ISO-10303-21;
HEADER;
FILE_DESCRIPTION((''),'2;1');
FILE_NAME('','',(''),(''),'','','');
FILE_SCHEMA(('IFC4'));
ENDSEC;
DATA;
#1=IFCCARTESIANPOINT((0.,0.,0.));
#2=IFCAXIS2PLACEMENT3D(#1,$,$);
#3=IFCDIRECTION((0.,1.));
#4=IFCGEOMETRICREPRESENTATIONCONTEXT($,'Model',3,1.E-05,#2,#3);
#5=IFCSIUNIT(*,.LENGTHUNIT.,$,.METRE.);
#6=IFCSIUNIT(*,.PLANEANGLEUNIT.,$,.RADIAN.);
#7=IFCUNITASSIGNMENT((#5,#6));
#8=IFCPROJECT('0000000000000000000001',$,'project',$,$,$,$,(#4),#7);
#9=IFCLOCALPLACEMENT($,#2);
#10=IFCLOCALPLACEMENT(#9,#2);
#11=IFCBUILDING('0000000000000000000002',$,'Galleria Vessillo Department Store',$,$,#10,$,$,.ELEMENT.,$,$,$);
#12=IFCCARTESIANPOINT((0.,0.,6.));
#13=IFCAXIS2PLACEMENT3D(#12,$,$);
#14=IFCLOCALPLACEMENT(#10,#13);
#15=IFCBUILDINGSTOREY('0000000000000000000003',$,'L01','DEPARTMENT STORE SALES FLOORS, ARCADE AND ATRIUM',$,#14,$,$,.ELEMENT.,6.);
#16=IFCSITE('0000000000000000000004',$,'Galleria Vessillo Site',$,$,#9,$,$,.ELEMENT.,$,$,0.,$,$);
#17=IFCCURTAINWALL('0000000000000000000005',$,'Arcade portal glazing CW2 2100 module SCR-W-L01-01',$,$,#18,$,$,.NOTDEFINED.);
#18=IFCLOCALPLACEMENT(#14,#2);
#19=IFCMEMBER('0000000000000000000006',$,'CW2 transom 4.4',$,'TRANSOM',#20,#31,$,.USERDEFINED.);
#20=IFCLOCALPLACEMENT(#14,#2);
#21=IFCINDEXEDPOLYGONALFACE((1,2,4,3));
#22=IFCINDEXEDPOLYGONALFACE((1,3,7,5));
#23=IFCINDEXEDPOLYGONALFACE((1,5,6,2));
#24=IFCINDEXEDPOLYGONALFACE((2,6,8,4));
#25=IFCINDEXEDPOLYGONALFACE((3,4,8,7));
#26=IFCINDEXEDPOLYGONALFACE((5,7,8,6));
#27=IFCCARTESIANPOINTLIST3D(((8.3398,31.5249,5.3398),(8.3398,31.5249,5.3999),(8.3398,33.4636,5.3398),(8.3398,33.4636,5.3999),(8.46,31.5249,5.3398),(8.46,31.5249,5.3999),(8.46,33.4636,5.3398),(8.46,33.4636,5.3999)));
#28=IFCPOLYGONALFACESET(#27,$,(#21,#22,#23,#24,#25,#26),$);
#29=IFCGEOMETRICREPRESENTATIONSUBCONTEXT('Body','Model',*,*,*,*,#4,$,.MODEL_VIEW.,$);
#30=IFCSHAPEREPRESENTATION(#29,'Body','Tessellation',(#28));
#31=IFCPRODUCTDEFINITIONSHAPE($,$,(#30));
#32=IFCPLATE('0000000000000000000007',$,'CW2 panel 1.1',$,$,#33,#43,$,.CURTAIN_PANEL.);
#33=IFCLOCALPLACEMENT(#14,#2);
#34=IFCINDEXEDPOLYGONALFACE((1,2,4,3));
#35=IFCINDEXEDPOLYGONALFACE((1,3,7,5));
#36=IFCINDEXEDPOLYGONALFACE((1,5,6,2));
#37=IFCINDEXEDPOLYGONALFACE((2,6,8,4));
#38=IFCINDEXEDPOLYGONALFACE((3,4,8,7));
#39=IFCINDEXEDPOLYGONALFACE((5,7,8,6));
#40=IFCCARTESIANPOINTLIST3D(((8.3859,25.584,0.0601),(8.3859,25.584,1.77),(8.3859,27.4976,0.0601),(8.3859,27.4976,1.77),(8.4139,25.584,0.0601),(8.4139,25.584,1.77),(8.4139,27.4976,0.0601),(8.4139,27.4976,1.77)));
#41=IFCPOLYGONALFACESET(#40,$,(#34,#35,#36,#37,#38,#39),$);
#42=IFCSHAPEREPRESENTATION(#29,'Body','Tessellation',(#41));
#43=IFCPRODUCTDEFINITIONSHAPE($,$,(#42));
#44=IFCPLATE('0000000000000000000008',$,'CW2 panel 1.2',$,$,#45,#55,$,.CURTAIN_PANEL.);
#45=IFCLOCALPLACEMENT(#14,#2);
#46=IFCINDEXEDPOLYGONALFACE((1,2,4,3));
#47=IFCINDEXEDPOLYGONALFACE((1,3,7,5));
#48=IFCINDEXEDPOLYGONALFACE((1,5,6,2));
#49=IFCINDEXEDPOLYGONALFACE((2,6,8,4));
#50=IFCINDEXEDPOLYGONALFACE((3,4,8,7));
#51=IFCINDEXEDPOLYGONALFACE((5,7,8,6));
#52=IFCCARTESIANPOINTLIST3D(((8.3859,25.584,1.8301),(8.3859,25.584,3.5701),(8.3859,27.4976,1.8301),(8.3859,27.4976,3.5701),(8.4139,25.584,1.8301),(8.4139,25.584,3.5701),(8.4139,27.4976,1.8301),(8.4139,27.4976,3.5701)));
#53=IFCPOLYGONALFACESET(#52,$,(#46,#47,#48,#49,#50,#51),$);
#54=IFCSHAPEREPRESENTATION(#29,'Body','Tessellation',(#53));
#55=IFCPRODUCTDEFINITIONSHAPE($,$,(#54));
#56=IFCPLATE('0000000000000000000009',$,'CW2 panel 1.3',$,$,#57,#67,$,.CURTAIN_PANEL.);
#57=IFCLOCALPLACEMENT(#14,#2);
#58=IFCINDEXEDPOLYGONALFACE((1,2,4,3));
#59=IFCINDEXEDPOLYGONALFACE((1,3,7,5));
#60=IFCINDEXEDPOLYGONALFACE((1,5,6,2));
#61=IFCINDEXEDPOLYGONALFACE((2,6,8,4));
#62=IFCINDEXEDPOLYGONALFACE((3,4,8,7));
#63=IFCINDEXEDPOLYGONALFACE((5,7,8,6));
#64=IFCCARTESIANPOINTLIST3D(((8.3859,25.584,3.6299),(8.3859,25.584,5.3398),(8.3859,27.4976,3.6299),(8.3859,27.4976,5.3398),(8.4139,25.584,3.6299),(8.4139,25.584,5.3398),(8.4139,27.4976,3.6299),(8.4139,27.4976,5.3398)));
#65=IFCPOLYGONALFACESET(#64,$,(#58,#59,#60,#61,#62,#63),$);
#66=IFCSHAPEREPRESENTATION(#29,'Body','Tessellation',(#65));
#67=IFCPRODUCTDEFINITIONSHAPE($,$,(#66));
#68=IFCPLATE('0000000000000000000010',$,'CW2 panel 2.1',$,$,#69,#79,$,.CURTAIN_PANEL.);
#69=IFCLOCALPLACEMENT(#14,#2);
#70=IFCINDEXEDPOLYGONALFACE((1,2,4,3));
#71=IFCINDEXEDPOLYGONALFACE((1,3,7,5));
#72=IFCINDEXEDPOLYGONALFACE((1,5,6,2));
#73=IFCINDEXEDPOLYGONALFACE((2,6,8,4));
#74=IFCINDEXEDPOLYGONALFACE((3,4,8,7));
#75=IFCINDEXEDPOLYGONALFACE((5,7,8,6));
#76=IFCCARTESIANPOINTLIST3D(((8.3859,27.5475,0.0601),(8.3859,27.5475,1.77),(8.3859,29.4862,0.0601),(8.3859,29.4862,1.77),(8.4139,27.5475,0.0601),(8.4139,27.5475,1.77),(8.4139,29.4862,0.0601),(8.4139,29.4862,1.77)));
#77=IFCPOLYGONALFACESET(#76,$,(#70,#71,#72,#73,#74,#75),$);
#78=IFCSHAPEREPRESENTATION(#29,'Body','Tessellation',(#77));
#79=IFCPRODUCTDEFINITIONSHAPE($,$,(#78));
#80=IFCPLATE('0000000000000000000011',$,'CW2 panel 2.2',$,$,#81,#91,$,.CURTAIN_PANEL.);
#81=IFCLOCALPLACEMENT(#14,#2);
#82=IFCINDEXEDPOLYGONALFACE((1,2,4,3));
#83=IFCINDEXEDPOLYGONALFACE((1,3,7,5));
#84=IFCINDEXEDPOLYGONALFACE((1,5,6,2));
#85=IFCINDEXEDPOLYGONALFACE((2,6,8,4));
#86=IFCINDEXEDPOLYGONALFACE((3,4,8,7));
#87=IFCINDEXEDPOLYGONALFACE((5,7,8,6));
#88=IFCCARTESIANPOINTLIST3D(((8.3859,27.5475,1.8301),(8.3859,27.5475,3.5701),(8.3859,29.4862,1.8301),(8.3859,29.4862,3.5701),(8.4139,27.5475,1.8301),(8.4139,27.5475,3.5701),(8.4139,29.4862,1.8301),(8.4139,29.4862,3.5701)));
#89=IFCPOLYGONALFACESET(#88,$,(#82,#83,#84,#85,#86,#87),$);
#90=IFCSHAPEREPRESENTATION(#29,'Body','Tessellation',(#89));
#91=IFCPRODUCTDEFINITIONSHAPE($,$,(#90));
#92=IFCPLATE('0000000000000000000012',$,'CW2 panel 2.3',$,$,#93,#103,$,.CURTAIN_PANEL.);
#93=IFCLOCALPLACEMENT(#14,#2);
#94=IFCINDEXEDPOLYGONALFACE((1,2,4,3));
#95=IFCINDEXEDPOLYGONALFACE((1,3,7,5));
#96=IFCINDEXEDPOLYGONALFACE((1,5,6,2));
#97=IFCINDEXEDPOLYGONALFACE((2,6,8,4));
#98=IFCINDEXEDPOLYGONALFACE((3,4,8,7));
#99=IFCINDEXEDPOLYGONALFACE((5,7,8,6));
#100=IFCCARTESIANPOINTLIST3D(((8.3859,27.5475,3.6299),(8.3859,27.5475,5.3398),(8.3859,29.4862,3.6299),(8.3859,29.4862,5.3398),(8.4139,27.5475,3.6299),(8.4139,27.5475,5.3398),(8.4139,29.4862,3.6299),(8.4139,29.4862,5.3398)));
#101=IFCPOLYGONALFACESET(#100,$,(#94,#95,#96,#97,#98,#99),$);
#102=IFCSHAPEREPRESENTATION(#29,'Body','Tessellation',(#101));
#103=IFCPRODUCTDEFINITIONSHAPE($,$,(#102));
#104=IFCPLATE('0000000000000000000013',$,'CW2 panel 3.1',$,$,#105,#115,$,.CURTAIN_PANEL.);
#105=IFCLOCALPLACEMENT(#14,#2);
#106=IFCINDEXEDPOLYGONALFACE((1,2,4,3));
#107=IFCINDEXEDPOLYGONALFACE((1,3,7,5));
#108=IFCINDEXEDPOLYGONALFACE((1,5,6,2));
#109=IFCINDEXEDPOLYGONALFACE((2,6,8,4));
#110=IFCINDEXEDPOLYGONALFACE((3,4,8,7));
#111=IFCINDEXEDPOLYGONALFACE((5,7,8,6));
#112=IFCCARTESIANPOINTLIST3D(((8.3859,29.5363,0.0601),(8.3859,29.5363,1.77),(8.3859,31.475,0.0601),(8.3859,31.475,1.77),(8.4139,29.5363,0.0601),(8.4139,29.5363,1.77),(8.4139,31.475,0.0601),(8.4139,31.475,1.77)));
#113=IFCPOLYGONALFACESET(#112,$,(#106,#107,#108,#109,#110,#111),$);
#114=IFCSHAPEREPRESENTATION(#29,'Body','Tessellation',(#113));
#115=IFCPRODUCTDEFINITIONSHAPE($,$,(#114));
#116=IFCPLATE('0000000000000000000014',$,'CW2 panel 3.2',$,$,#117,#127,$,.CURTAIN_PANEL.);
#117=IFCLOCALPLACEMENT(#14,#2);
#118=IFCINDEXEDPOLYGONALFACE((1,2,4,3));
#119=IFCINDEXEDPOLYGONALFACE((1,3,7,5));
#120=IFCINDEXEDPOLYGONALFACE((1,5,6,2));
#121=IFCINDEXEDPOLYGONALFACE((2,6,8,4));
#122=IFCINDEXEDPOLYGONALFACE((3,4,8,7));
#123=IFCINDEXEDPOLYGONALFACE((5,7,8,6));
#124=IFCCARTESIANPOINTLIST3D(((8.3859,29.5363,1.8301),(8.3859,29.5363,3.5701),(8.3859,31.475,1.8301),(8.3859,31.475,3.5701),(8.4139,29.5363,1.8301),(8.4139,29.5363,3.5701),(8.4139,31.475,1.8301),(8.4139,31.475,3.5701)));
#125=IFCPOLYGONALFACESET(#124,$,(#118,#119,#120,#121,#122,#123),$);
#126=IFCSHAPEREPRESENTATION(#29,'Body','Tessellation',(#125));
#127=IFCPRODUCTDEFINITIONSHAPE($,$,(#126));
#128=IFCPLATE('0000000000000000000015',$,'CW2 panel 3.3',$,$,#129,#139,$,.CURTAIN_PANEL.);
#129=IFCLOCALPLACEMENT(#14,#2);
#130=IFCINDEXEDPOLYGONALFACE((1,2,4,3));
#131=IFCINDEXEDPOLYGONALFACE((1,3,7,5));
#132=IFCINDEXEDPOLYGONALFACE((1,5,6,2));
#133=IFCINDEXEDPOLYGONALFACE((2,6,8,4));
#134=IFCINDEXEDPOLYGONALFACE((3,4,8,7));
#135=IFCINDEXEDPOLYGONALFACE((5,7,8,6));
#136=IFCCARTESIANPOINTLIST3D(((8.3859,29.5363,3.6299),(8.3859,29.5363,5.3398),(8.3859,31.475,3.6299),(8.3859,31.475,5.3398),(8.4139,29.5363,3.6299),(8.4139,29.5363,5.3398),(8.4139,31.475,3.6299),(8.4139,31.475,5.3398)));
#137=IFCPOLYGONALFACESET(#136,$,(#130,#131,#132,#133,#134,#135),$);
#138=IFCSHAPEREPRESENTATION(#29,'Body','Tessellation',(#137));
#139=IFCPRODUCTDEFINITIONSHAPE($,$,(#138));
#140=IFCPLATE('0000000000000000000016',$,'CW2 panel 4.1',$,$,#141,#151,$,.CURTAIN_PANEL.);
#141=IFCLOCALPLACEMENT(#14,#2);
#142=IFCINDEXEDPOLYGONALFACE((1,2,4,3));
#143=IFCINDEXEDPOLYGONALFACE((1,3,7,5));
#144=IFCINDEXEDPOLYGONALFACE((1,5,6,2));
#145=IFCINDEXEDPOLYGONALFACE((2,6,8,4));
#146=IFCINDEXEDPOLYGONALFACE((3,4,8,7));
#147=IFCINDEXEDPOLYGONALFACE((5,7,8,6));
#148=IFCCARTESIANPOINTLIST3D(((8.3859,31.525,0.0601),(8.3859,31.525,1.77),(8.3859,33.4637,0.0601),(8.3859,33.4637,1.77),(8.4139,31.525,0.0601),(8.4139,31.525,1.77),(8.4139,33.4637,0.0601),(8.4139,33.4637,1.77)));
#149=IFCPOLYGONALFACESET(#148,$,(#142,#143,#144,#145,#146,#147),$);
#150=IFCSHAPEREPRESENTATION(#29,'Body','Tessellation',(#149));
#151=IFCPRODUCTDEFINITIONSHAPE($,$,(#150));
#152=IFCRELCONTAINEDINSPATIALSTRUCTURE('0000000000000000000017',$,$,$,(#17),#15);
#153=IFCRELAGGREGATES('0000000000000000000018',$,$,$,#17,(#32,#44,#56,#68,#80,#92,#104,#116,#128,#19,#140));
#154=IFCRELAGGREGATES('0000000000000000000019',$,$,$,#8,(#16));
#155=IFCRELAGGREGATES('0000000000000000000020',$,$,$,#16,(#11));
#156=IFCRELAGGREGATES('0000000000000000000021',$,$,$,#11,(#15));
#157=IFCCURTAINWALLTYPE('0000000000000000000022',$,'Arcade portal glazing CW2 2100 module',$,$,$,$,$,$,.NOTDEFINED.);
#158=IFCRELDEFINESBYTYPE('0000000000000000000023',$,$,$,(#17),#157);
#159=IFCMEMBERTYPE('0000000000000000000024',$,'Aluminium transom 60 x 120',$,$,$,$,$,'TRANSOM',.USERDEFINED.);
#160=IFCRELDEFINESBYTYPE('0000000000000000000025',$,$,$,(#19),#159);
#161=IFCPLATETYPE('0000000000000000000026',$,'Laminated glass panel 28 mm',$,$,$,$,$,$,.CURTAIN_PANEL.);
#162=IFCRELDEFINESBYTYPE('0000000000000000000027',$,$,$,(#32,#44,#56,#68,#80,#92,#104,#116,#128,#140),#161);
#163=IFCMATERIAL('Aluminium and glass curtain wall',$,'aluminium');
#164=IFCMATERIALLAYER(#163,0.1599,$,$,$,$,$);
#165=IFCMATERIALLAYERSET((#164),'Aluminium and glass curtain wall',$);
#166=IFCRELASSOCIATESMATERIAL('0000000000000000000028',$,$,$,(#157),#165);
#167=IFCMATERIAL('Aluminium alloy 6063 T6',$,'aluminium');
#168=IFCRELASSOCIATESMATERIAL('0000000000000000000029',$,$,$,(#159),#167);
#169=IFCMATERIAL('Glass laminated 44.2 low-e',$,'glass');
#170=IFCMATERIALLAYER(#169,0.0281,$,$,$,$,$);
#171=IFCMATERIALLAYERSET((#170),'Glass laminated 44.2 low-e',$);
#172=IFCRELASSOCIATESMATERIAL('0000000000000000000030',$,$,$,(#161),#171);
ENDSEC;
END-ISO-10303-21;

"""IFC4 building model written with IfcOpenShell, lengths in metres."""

from ifc_helpers import new_model, si_unit, direction, frame, origin, origin_2d, place, context, subcontext, project, spatial, rectangle, extrude, material, layer, layer_set, material_profile, profile_set, type_object, element, aggregate, save


model = new_model("IFC4")

# Units and contexts
model_context = context("Model", 3, precision=1e-05, world=origin(), true_north=direction((0.0, 1.0)))
body_context = subcontext(model_context, "Body", "Model", "MODEL_VIEW")
ifc_project = project(units=[si_unit("LENGTHUNIT", "METRE"), si_unit("PLANEANGLEUNIT", "RADIAN")], contexts=[model_context])

# Site, building, storey
site_placement = place(None, origin())
site = spatial("IfcSite", under=ifc_project, at=site_placement, Name="Galleria Vessillo Site", CompositionType="ELEMENT", RefElevation=0.0)
building_placement = place(site_placement, origin())
building = spatial("IfcBuilding", under=site, at=building_placement, Name="Galleria Vessillo Department Store", CompositionType="ELEMENT")
storey_placement = place(building_placement, frame((0.0, 0.0, 6.0)))
storey = spatial("IfcBuildingStorey", under=building, at=storey_placement, Name="L01", Description="DEPARTMENT STORE SALES FLOORS, ARCADE AND ATRIUM", CompositionType="ELEMENT", Elevation=6.0)

# Curtain wall, member, plates
ifc_material_1 = material(Name="Aluminium and glass curtain wall", Category="aluminium")
ifc_layer_1 = layer(ifc_material_1, 0.1599)
ifc_layer_set_1 = layer_set([ifc_layer_1], Name="Aluminium and glass curtain wall")
curtain_wall_type = type_object("IfcCurtainWallType", Name="Arcade portal glazing CW2 2100 module", PredefinedType="NOTDEFINED", material=ifc_layer_set_1)
curtain_wall_placement = place(storey_placement, origin())
curtain_wall = element("IfcCurtainWall", 1, at=curtain_wall_placement, inside=storey, type_object=curtain_wall_type, Name="Arcade portal glazing CW2 2100 module SCR-W-L01-01", PredefinedType="NOTDEFINED")
ifc_material_2 = material(Name="Aluminium alloy 6063 T6", Category="aluminium")
ifc_material_profile_1 = material_profile(ifc_material_2, rectangle(XDim=0.1201, YDim=0.0601, at=origin_2d()), Name="AL 60x120")
ifc_profile_set_1 = profile_set([ifc_material_profile_1], Name="Aluminium alloy 6063 T6")
member_type_1 = type_object("IfcMemberType", Name="Aluminium transom 60 x 120", ElementType="TRANSOM", PredefinedType="USERDEFINED", material=ifc_profile_set_1)
member_1_placement = place(storey_placement, frame((8.3999, 31.5249, 5.3699), z_axis=(0.0, 1.0, 0.0), x_axis=(-1.0, 0.0, 0.0)))
member_1 = element("IfcMember", 2, at=member_1_placement, type_object=member_type_1, Name="CW2 transom 4.4", ObjectType="TRANSOM", PredefinedType="USERDEFINED", context=body_context, shape_type="SweptSolid", body=[
    extrude(rectangle(XDim=0.1201, YDim=0.0601, at=origin_2d()), origin(), (0.0, 0.0, 1.0), 1.9387),
])
ifc_material_3 = material(Name="Glass laminated 44.2 low-e", Category="glass")
ifc_layer_2 = layer(ifc_material_3, 0.0281)
ifc_layer_set_2 = layer_set([ifc_layer_2], Name="Glass laminated 44.2 low-e")
plate_type = type_object("IfcPlateType", Name="Laminated glass panel 28 mm", PredefinedType="CURTAIN_PANEL", material=ifc_layer_set_2)
plate_1_placement = place(storey_placement, frame((8.3999, 26.5408, 0.0601), z_axis=(0.0, 0.0, 1.0), x_axis=(0.0, 1.0, 0.0)))
plate_1 = element("IfcPlate", 3, at=plate_1_placement, type_object=plate_type, Name="CW2 panel 1.1", PredefinedType="CURTAIN_PANEL", context=body_context, shape_type="SweptSolid", body=[
    extrude(rectangle(XDim=1.9136, YDim=0.0281, at=origin_2d()), origin(), (0.0, 0.0, 1.0), 1.71),
])
plate_2_placement = place(storey_placement, frame((8.3999, 26.5408, 1.8301), z_axis=(0.0, 0.0, 1.0), x_axis=(0.0, 1.0, 0.0)))
plate_2 = element("IfcPlate", 4, at=plate_2_placement, type_object=plate_type, Name="CW2 panel 1.2", PredefinedType="CURTAIN_PANEL", context=body_context, shape_type="SweptSolid", body=[
    extrude(rectangle(XDim=1.9136, YDim=0.0281, at=origin_2d()), origin(), (0.0, 0.0, 1.0), 1.74),
])
plate_3_placement = place(storey_placement, frame((8.3999, 26.5408, 3.6299), z_axis=(0.0, 0.0, 1.0), x_axis=(0.0, 1.0, 0.0)))
plate_3 = element("IfcPlate", 5, at=plate_3_placement, type_object=plate_type, Name="CW2 panel 1.3", PredefinedType="CURTAIN_PANEL", context=body_context, shape_type="SweptSolid", body=[
    extrude(rectangle(XDim=1.9136, YDim=0.0281, at=origin_2d()), origin(), (0.0, 0.0, 1.0), 1.71),
])
plate_4_placement = place(storey_placement, frame((8.3999, 28.5168, 0.0601), z_axis=(0.0, 0.0, 1.0), x_axis=(0.0, 1.0, 0.0)))
plate_4 = element("IfcPlate", 6, at=plate_4_placement, type_object=plate_type, Name="CW2 panel 2.1", PredefinedType="CURTAIN_PANEL", context=body_context, shape_type="SweptSolid", body=[
    extrude(rectangle(XDim=1.9387, YDim=0.0281, at=origin_2d()), origin(), (0.0, 0.0, 1.0), 1.71),
])
plate_5_placement = place(storey_placement, frame((8.3999, 28.5168, 1.8301), z_axis=(0.0, 0.0, 1.0), x_axis=(0.0, 1.0, 0.0)))
plate_5 = element("IfcPlate", 7, at=plate_5_placement, type_object=plate_type, Name="CW2 panel 2.2", PredefinedType="CURTAIN_PANEL", context=body_context, shape_type="SweptSolid", body=[
    extrude(rectangle(XDim=1.9387, YDim=0.0281, at=origin_2d()), origin(), (0.0, 0.0, 1.0), 1.74),
])
plate_6_placement = place(storey_placement, frame((8.3999, 28.5168, 3.6299), z_axis=(0.0, 0.0, 1.0), x_axis=(0.0, 1.0, 0.0)))
plate_6 = element("IfcPlate", 8, at=plate_6_placement, type_object=plate_type, Name="CW2 panel 2.3", PredefinedType="CURTAIN_PANEL", context=body_context, shape_type="SweptSolid", body=[
    extrude(rectangle(XDim=1.9387, YDim=0.0281, at=origin_2d()), origin(), (0.0, 0.0, 1.0), 1.71),
])
plate_7_placement = place(storey_placement, frame((8.3999, 30.5056, 0.0601), z_axis=(0.0, 0.0, 1.0), x_axis=(0.0, 1.0, 0.0)))
plate_7 = element("IfcPlate", 9, at=plate_7_placement, type_object=plate_type, Name="CW2 panel 3.1", PredefinedType="CURTAIN_PANEL", context=body_context, shape_type="SweptSolid", body=[
    extrude(rectangle(XDim=1.9387, YDim=0.0281, at=origin_2d()), origin(), (0.0, 0.0, 1.0), 1.71),
])
plate_8_placement = place(storey_placement, frame((8.3999, 30.5056, 1.8301), z_axis=(0.0, 0.0, 1.0), x_axis=(0.0, 1.0, 0.0)))
plate_8 = element("IfcPlate", 10, at=plate_8_placement, type_object=plate_type, Name="CW2 panel 3.2", PredefinedType="CURTAIN_PANEL", context=body_context, shape_type="SweptSolid", body=[
    extrude(rectangle(XDim=1.9387, YDim=0.0281, at=origin_2d()), origin(), (0.0, 0.0, 1.0), 1.74),
])
plate_9_placement = place(storey_placement, frame((8.3999, 30.5056, 3.6299), z_axis=(0.0, 0.0, 1.0), x_axis=(0.0, 1.0, 0.0)))
plate_9 = element("IfcPlate", 11, at=plate_9_placement, type_object=plate_type, Name="CW2 panel 3.3", PredefinedType="CURTAIN_PANEL", context=body_context, shape_type="SweptSolid", body=[
    extrude(rectangle(XDim=1.9387, YDim=0.0281, at=origin_2d()), origin(), (0.0, 0.0, 1.0), 1.71),
])
plate_10_placement = place(storey_placement, frame((8.3999, 32.4944, 0.0601), z_axis=(0.0, 0.0, 1.0), x_axis=(0.0, 1.0, 0.0)))
plate_10 = element("IfcPlate", 12, at=plate_10_placement, type_object=plate_type, Name="CW2 panel 4.1", PredefinedType="CURTAIN_PANEL", context=body_context, shape_type="SweptSolid", body=[
    extrude(rectangle(XDim=1.9387, YDim=0.0281, at=origin_2d()), origin(), (0.0, 0.0, 1.0), 1.71),
])
aggregate(curtain_wall, [plate_1, plate_2, plate_3, plate_4, plate_5, plate_6, plate_7, plate_8, plate_9, member_1, plate_10])

save(model, "model.ifc")
